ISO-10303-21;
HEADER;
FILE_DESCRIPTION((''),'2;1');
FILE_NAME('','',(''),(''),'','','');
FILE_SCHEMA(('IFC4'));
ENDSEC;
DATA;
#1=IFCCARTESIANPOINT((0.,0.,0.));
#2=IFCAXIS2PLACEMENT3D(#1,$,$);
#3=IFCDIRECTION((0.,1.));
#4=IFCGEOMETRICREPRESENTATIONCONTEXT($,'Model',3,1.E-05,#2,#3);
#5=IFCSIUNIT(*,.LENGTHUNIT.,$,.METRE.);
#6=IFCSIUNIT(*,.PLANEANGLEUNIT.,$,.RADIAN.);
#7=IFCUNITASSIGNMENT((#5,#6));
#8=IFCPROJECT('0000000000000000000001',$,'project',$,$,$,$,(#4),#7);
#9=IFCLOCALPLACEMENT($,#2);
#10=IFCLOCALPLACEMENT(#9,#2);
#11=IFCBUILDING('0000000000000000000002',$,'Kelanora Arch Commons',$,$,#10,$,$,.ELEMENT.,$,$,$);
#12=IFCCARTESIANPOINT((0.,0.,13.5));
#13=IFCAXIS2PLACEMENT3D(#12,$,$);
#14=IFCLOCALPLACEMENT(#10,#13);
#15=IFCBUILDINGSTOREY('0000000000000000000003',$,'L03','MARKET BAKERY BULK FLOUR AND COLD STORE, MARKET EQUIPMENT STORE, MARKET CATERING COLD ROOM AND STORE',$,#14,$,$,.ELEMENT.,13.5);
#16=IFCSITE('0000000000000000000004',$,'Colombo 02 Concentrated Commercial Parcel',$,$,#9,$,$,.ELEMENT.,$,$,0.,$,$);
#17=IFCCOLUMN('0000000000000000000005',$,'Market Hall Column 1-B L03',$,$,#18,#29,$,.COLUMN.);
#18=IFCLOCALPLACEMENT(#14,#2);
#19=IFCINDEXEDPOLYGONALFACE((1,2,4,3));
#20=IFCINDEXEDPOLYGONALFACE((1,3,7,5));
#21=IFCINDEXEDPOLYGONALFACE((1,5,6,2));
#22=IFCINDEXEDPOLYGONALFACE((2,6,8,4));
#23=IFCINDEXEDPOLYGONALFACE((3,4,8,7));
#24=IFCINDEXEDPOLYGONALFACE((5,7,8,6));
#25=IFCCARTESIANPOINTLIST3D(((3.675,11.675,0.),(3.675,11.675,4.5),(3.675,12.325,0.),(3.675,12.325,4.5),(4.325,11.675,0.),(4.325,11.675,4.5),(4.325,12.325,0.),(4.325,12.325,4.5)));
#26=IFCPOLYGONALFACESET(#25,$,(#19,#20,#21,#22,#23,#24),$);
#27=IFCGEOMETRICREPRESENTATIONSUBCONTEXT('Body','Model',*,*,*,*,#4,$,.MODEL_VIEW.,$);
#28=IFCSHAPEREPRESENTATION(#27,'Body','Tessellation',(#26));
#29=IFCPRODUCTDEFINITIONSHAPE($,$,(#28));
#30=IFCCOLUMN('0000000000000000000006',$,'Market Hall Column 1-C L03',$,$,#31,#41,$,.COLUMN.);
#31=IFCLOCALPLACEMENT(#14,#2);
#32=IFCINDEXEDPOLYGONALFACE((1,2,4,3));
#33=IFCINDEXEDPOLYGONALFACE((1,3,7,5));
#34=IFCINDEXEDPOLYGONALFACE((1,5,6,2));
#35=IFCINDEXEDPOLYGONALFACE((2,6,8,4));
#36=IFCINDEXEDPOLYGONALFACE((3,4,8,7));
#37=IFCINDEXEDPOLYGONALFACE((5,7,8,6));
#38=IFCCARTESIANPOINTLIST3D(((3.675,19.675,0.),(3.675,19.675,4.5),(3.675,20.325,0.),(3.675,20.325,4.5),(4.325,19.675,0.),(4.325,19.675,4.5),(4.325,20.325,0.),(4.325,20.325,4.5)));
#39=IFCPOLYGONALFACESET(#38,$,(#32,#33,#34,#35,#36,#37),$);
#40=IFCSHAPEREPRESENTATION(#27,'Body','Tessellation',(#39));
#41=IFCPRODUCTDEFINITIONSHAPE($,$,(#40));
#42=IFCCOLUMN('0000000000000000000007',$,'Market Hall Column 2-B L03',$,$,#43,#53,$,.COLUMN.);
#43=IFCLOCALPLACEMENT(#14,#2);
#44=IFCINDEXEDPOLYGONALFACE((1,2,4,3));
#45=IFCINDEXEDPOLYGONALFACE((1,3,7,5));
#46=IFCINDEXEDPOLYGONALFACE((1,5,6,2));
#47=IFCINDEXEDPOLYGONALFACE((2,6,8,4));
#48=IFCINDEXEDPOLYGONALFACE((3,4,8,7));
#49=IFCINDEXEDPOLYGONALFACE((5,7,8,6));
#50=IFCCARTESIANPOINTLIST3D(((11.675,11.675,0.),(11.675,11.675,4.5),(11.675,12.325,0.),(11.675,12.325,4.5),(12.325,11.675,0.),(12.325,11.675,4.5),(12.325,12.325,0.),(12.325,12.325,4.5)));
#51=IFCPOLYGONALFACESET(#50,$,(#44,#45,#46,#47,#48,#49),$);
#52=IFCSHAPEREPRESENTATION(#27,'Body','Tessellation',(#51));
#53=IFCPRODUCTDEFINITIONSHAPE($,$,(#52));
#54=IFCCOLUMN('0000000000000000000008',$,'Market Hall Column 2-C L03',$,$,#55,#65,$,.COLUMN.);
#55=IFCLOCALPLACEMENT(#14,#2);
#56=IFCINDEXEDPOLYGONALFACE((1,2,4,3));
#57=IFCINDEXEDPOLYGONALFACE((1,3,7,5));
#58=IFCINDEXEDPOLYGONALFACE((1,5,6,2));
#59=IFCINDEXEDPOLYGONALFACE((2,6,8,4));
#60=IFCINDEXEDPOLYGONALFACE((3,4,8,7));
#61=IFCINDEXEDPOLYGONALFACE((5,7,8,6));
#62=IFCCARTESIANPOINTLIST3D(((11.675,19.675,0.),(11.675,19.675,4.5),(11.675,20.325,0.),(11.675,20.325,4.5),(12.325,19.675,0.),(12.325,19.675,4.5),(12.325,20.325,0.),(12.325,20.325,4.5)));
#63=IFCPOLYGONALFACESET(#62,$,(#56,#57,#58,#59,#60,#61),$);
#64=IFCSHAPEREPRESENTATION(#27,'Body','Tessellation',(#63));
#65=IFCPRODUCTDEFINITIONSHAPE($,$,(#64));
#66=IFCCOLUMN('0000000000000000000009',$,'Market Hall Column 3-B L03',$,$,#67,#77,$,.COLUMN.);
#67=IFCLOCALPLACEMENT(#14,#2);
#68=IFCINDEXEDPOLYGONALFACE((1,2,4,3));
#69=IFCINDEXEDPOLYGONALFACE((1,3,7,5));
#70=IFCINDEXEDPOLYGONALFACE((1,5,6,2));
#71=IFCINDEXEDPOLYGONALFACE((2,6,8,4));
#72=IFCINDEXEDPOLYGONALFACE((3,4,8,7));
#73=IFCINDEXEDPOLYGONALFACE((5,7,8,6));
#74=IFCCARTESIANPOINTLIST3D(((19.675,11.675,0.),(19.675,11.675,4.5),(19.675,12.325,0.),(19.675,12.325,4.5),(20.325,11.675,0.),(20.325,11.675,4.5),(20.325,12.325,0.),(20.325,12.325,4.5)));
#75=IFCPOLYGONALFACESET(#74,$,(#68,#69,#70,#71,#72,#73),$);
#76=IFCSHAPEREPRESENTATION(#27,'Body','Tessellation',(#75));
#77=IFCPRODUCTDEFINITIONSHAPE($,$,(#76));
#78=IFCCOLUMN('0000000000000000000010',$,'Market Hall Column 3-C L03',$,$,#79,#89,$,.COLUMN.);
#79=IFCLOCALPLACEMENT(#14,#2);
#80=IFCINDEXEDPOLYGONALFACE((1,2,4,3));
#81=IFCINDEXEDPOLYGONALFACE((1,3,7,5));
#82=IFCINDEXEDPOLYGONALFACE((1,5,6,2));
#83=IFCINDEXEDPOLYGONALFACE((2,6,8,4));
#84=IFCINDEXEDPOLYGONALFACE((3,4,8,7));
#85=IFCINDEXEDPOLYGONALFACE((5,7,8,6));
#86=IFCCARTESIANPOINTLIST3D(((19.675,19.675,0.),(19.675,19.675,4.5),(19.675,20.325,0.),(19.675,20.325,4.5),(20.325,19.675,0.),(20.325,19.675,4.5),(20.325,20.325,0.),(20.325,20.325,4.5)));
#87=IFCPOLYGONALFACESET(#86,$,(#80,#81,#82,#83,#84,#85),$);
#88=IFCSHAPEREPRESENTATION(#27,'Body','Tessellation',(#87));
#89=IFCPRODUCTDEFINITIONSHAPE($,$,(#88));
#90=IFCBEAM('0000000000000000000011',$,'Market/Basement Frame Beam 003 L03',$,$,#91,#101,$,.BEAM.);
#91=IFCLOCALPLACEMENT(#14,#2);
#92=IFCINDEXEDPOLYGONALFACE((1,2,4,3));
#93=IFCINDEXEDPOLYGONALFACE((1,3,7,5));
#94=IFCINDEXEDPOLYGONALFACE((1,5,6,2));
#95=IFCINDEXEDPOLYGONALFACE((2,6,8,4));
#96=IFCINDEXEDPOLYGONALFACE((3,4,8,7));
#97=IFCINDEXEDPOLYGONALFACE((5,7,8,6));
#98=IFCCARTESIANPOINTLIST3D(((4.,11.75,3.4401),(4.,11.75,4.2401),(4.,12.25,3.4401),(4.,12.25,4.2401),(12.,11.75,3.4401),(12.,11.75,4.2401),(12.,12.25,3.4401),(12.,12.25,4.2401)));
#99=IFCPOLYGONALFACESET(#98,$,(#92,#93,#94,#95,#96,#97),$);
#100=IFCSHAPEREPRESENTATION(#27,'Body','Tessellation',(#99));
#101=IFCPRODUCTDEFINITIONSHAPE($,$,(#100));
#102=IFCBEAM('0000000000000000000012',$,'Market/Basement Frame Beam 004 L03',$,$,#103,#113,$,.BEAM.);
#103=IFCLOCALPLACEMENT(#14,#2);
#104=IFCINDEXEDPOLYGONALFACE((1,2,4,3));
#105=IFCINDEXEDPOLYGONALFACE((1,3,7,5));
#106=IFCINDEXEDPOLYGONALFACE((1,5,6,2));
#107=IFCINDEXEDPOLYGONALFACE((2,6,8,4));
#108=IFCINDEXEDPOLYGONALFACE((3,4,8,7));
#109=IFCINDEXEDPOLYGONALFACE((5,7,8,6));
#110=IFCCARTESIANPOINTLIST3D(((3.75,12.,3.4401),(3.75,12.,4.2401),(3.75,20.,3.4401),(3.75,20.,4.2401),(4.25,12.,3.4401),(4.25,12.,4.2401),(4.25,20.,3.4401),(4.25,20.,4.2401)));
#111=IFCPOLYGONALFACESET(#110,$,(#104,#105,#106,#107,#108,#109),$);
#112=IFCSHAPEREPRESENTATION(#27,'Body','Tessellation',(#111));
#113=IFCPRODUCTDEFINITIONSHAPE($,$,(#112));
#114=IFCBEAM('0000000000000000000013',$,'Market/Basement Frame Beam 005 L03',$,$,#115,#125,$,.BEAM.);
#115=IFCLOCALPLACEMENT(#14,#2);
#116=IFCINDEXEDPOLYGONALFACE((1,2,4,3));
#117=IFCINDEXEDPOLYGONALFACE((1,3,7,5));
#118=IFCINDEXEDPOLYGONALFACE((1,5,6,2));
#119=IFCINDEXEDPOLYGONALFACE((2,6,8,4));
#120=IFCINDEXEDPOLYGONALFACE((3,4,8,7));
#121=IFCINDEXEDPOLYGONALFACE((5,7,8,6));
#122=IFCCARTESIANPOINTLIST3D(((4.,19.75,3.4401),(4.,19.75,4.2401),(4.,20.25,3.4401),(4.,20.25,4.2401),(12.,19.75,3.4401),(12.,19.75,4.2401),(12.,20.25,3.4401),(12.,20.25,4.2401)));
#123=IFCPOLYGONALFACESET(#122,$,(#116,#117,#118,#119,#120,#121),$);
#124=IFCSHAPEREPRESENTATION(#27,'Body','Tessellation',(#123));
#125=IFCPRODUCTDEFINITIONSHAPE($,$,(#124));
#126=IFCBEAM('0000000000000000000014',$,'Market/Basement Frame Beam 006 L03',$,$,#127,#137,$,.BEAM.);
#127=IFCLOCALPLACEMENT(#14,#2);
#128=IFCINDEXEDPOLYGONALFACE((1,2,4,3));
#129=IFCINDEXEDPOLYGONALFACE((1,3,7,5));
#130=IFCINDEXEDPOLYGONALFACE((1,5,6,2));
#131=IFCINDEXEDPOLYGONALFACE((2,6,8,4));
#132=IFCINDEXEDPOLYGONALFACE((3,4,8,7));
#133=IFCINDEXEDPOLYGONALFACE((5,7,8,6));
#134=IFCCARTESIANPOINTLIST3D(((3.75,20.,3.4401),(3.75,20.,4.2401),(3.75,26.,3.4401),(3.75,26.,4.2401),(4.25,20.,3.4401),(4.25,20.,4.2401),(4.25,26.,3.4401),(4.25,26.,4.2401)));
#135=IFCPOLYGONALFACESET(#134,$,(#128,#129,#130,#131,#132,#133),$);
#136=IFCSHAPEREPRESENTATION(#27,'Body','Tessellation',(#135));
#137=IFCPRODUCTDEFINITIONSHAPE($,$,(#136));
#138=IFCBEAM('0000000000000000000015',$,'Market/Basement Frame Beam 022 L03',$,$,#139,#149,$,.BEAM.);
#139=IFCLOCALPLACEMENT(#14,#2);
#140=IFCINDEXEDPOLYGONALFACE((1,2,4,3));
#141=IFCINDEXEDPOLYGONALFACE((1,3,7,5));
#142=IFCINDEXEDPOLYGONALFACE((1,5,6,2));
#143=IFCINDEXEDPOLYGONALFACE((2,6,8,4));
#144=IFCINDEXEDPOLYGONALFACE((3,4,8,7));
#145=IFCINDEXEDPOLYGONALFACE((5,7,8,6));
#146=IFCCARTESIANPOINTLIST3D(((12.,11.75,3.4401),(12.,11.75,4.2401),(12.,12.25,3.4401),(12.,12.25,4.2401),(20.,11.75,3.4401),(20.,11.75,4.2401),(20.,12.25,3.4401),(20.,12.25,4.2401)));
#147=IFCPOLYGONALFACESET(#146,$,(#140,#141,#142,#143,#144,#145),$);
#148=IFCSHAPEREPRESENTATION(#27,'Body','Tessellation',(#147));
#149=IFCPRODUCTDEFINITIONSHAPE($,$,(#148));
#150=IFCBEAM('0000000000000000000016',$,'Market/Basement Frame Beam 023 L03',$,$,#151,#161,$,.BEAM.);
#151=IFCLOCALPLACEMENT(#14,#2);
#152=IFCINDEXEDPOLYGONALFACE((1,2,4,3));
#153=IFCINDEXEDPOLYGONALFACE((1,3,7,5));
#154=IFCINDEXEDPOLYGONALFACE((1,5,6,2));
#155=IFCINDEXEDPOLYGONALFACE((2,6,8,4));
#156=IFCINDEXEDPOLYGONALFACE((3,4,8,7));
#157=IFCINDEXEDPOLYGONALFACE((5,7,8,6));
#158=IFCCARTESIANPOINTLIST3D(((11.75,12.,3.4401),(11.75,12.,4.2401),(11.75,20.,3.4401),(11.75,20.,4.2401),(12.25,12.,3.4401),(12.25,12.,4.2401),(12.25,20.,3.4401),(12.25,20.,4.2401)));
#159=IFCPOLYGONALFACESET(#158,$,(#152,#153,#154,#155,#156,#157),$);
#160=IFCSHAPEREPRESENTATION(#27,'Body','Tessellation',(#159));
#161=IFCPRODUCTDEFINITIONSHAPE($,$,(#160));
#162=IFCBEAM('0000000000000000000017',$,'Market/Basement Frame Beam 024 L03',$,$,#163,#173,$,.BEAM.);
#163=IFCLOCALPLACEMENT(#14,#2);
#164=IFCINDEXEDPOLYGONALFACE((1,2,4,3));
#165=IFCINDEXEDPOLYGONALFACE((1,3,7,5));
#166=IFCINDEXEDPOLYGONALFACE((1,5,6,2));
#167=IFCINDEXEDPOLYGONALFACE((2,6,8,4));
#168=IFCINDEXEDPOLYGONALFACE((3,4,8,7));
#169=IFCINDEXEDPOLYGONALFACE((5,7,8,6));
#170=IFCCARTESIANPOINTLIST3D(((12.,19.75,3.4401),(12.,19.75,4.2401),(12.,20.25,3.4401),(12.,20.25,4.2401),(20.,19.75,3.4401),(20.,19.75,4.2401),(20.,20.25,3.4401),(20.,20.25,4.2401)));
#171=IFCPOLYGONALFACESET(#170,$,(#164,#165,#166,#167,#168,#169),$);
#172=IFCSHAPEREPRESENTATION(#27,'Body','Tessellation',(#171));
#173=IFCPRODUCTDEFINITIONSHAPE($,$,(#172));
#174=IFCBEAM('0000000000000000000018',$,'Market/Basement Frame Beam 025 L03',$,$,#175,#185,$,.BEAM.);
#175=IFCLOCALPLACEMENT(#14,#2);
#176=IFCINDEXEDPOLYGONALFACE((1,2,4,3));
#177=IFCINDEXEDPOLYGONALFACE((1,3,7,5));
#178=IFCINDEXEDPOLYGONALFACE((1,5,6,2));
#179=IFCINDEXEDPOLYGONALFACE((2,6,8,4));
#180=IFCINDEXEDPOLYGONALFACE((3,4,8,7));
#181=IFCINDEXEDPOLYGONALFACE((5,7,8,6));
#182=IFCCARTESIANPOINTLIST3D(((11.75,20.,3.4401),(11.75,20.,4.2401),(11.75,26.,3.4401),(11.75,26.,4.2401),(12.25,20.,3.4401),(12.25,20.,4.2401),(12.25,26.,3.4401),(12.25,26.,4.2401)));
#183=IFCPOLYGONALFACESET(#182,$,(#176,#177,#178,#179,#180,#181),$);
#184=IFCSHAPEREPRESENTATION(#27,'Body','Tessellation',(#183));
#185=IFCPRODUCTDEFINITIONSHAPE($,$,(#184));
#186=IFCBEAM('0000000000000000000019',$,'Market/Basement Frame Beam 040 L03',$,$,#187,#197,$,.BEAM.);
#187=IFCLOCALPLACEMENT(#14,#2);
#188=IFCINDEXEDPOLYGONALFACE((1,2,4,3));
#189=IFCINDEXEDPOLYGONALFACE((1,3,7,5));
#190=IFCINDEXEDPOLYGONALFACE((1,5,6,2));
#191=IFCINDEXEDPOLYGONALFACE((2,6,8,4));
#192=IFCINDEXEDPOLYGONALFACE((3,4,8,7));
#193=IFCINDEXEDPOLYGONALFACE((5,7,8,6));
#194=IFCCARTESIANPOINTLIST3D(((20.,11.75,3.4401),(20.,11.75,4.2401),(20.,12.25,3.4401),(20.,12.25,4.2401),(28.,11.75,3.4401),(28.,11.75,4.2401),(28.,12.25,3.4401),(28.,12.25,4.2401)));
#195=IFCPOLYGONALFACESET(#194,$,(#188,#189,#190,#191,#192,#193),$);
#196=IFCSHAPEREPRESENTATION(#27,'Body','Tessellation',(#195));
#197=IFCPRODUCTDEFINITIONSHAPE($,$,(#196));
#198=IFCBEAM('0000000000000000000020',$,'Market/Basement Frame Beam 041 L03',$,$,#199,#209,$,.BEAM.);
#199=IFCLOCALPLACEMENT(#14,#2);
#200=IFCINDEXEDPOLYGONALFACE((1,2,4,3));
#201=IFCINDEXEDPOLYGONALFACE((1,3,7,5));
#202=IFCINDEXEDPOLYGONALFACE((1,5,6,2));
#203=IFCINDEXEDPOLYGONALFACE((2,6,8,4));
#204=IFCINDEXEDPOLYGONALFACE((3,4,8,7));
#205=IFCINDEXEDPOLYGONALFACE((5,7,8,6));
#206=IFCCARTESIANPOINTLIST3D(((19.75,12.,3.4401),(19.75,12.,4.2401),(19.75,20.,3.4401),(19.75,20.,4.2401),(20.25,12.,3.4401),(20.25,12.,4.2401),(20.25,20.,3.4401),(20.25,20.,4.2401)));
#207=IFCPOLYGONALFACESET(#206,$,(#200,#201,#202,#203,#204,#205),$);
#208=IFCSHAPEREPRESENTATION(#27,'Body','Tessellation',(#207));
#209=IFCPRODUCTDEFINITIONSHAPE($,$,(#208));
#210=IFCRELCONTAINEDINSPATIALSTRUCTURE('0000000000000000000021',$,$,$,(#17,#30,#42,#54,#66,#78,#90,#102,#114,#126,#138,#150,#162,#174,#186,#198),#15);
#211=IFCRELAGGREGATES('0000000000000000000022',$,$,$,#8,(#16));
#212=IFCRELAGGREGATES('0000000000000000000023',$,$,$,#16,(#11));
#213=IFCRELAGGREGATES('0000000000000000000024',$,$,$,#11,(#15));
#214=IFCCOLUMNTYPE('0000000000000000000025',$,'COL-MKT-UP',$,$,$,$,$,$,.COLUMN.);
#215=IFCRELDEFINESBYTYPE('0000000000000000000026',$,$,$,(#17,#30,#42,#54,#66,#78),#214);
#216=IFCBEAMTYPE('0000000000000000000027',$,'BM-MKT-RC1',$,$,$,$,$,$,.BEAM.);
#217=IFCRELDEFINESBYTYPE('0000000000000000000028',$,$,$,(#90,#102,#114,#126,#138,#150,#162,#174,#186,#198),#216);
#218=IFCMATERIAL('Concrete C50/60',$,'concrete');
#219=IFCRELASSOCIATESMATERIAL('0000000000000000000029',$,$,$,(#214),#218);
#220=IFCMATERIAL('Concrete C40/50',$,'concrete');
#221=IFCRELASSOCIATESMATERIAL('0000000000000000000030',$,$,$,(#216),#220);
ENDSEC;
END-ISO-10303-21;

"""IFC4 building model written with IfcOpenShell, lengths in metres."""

from ifc_helpers import new_model, si_unit, direction, frame, origin, origin_2d, place, context, subcontext, project, spatial, rectangle, extrude, material, material_profile, profile_set, type_object, element, save


model = new_model("IFC4")

# Units and contexts
model_context = context("Model", 3, precision=1e-05, world=origin(), true_north=direction((0.0, 1.0)))
body_context = subcontext(model_context, "Body", "Model", "MODEL_VIEW")
ifc_project = project(units=[si_unit("LENGTHUNIT", "METRE"), si_unit("PLANEANGLEUNIT", "RADIAN")], contexts=[model_context])

# Site, building, storey
site_placement = place(None, origin())
site = spatial("IfcSite", under=ifc_project, at=site_placement, Name="Colombo 02 Concentrated Commercial Parcel", CompositionType="ELEMENT", RefElevation=0.0)
building_placement = place(site_placement, origin())
building = spatial("IfcBuilding", under=site, at=building_placement, Name="Kelanora Arch Commons", CompositionType="ELEMENT")
storey_placement = place(building_placement, frame((0.0, 0.0, 13.5)))
storey = spatial("IfcBuildingStorey", under=building, at=storey_placement, Name="L03", Description="MARKET BAKERY BULK FLOUR AND COLD STORE, MARKET EQUIPMENT STORE, MARKET CATERING COLD ROOM AND STORE", CompositionType="ELEMENT", Elevation=13.5)

# Columns
ifc_material_1 = material(Name="Concrete C50/60", Category="concrete")
ifc_material_profile_1 = material_profile(ifc_material_1, rectangle(XDim=0.6499, YDim=0.6499, at=origin_2d()), Name="RC650x650")
ifc_profile_set_1 = profile_set([ifc_material_profile_1], Name="Concrete C50/60")
column_type = type_object("IfcColumnType", Name="COL-MKT-UP", PredefinedType="COLUMN", material=ifc_profile_set_1)
for number, where, z_axis, x_axis, name in (
    (1, (4.0, 12.0, 0.0), (0.0, 0.0, 1.0), (1.0, 0.0, 0.0), "Market Hall Column 1-B L03"),
    (2, (4.0, 20.0, 0.0), (0.0, 0.0, 1.0), (1.0, 0.0, 0.0), "Market Hall Column 1-C L03"),
    (3, (12.0, 12.0, 0.0), (0.0, 0.0, 1.0), (1.0, 0.0, 0.0), "Market Hall Column 2-B L03"),
    (4, (12.0, 20.0, 0.0), (0.0, 0.0, 1.0), (1.0, 0.0, 0.0), "Market Hall Column 2-C L03"),
    (5, (20.0, 12.0, 0.0), (0.0, 0.0, 1.0), (1.0, 0.0, 0.0), "Market Hall Column 3-B L03"),
    (6, (20.0, 20.0, 0.0), (0.0, 0.0, 1.0), (1.0, 0.0, 0.0), "Market Hall Column 3-C L03"),
):
    element("IfcColumn", number, at=place(storey_placement, frame(where, z_axis=z_axis, x_axis=x_axis)), inside=storey, type_object=column_type, Name=name, PredefinedType="COLUMN", context=body_context, shape_type="SweptSolid", body=[
        extrude(rectangle(XDim=0.6499, YDim=0.6499, at=origin_2d()), origin(), (0.0, 0.0, 1.0), 4.5),
    ])

# Beams
ifc_material_2 = material(Name="Concrete C40/50", Category="concrete")
ifc_material_profile_2 = material_profile(ifc_material_2, rectangle(XDim=0.5, YDim=0.8, at=origin_2d()), Name="RCB500x800")
ifc_profile_set_2 = profile_set([ifc_material_profile_2], Name="Concrete C40/50")
beam_type = type_object("IfcBeamType", Name="BM-MKT-RC1", PredefinedType="BEAM", material=ifc_profile_set_2)
for number, where, z_axis, x_axis, name in (
    (7, (4.0, 12.0, 3.8401), (1.0, 0.0, 0.0), (0.0, 1.0, 0.0), "Market/Basement Frame Beam 003 L03"),
    (8, (4.0, 12.0, 3.8401), (0.0, 1.0, 0.0), (-1.0, 0.0, 0.0), "Market/Basement Frame Beam 004 L03"),
    (9, (4.0, 20.0, 3.8401), (1.0, 0.0, 0.0), (0.0, 1.0, 0.0), "Market/Basement Frame Beam 005 L03"),
):
    element("IfcBeam", number, at=place(storey_placement, frame(where, z_axis=z_axis, x_axis=x_axis)), inside=storey, type_object=beam_type, Name=name, PredefinedType="BEAM", context=body_context, shape_type="SweptSolid", body=[
        extrude(rectangle(XDim=0.5, YDim=0.8, at=origin_2d()), origin(), (0.0, 0.0, 1.0), 8.0),
    ])
beam_1_placement = place(storey_placement, frame((4.0, 20.0, 3.8401), z_axis=(0.0, 1.0, 0.0), x_axis=(-1.0, 0.0, 0.0)))
element("IfcBeam", 10, at=beam_1_placement, inside=storey, type_object=beam_type, Name="Market/Basement Frame Beam 006 L03", PredefinedType="BEAM", context=body_context, shape_type="SweptSolid", body=[
    extrude(rectangle(XDim=0.5, YDim=0.8, at=origin_2d()), origin(), (0.0, 0.0, 1.0), 6.0),
])
for number, where, z_axis, x_axis, name in (
    (11, (12.0, 12.0, 3.8401), (1.0, 0.0, 0.0), (0.0, 1.0, 0.0), "Market/Basement Frame Beam 022 L03"),
    (12, (12.0, 12.0, 3.8401), (0.0, 1.0, 0.0), (-1.0, 0.0, 0.0), "Market/Basement Frame Beam 023 L03"),
    (13, (12.0, 20.0, 3.8401), (1.0, 0.0, 0.0), (0.0, 1.0, 0.0), "Market/Basement Frame Beam 024 L03"),
):
    element("IfcBeam", number, at=place(storey_placement, frame(where, z_axis=z_axis, x_axis=x_axis)), inside=storey, type_object=beam_type, Name=name, PredefinedType="BEAM", context=body_context, shape_type="SweptSolid", body=[
        extrude(rectangle(XDim=0.5, YDim=0.8, at=origin_2d()), origin(), (0.0, 0.0, 1.0), 8.0),
    ])
beam_2_placement = place(storey_placement, frame((12.0, 20.0, 3.8401), z_axis=(0.0, 1.0, 0.0), x_axis=(-1.0, 0.0, 0.0)))
element("IfcBeam", 14, at=beam_2_placement, inside=storey, type_object=beam_type, Name="Market/Basement Frame Beam 025 L03", PredefinedType="BEAM", context=body_context, shape_type="SweptSolid", body=[
    extrude(rectangle(XDim=0.5, YDim=0.8, at=origin_2d()), origin(), (0.0, 0.0, 1.0), 6.0),
])
for number, where, z_axis, x_axis, name in (
    (15, (20.0, 12.0, 3.8401), (1.0, 0.0, 0.0), (0.0, 1.0, 0.0), "Market/Basement Frame Beam 040 L03"),
    (16, (20.0, 12.0, 3.8401), (0.0, 1.0, 0.0), (-1.0, 0.0, 0.0), "Market/Basement Frame Beam 041 L03"),
):
    element("IfcBeam", number, at=place(storey_placement, frame(where, z_axis=z_axis, x_axis=x_axis)), inside=storey, type_object=beam_type, Name=name, PredefinedType="BEAM", context=body_context, shape_type="SweptSolid", body=[
        extrude(rectangle(XDim=0.5, YDim=0.8, at=origin_2d()), origin(), (0.0, 0.0, 1.0), 8.0),
    ])

save(model, "model.ifc")
